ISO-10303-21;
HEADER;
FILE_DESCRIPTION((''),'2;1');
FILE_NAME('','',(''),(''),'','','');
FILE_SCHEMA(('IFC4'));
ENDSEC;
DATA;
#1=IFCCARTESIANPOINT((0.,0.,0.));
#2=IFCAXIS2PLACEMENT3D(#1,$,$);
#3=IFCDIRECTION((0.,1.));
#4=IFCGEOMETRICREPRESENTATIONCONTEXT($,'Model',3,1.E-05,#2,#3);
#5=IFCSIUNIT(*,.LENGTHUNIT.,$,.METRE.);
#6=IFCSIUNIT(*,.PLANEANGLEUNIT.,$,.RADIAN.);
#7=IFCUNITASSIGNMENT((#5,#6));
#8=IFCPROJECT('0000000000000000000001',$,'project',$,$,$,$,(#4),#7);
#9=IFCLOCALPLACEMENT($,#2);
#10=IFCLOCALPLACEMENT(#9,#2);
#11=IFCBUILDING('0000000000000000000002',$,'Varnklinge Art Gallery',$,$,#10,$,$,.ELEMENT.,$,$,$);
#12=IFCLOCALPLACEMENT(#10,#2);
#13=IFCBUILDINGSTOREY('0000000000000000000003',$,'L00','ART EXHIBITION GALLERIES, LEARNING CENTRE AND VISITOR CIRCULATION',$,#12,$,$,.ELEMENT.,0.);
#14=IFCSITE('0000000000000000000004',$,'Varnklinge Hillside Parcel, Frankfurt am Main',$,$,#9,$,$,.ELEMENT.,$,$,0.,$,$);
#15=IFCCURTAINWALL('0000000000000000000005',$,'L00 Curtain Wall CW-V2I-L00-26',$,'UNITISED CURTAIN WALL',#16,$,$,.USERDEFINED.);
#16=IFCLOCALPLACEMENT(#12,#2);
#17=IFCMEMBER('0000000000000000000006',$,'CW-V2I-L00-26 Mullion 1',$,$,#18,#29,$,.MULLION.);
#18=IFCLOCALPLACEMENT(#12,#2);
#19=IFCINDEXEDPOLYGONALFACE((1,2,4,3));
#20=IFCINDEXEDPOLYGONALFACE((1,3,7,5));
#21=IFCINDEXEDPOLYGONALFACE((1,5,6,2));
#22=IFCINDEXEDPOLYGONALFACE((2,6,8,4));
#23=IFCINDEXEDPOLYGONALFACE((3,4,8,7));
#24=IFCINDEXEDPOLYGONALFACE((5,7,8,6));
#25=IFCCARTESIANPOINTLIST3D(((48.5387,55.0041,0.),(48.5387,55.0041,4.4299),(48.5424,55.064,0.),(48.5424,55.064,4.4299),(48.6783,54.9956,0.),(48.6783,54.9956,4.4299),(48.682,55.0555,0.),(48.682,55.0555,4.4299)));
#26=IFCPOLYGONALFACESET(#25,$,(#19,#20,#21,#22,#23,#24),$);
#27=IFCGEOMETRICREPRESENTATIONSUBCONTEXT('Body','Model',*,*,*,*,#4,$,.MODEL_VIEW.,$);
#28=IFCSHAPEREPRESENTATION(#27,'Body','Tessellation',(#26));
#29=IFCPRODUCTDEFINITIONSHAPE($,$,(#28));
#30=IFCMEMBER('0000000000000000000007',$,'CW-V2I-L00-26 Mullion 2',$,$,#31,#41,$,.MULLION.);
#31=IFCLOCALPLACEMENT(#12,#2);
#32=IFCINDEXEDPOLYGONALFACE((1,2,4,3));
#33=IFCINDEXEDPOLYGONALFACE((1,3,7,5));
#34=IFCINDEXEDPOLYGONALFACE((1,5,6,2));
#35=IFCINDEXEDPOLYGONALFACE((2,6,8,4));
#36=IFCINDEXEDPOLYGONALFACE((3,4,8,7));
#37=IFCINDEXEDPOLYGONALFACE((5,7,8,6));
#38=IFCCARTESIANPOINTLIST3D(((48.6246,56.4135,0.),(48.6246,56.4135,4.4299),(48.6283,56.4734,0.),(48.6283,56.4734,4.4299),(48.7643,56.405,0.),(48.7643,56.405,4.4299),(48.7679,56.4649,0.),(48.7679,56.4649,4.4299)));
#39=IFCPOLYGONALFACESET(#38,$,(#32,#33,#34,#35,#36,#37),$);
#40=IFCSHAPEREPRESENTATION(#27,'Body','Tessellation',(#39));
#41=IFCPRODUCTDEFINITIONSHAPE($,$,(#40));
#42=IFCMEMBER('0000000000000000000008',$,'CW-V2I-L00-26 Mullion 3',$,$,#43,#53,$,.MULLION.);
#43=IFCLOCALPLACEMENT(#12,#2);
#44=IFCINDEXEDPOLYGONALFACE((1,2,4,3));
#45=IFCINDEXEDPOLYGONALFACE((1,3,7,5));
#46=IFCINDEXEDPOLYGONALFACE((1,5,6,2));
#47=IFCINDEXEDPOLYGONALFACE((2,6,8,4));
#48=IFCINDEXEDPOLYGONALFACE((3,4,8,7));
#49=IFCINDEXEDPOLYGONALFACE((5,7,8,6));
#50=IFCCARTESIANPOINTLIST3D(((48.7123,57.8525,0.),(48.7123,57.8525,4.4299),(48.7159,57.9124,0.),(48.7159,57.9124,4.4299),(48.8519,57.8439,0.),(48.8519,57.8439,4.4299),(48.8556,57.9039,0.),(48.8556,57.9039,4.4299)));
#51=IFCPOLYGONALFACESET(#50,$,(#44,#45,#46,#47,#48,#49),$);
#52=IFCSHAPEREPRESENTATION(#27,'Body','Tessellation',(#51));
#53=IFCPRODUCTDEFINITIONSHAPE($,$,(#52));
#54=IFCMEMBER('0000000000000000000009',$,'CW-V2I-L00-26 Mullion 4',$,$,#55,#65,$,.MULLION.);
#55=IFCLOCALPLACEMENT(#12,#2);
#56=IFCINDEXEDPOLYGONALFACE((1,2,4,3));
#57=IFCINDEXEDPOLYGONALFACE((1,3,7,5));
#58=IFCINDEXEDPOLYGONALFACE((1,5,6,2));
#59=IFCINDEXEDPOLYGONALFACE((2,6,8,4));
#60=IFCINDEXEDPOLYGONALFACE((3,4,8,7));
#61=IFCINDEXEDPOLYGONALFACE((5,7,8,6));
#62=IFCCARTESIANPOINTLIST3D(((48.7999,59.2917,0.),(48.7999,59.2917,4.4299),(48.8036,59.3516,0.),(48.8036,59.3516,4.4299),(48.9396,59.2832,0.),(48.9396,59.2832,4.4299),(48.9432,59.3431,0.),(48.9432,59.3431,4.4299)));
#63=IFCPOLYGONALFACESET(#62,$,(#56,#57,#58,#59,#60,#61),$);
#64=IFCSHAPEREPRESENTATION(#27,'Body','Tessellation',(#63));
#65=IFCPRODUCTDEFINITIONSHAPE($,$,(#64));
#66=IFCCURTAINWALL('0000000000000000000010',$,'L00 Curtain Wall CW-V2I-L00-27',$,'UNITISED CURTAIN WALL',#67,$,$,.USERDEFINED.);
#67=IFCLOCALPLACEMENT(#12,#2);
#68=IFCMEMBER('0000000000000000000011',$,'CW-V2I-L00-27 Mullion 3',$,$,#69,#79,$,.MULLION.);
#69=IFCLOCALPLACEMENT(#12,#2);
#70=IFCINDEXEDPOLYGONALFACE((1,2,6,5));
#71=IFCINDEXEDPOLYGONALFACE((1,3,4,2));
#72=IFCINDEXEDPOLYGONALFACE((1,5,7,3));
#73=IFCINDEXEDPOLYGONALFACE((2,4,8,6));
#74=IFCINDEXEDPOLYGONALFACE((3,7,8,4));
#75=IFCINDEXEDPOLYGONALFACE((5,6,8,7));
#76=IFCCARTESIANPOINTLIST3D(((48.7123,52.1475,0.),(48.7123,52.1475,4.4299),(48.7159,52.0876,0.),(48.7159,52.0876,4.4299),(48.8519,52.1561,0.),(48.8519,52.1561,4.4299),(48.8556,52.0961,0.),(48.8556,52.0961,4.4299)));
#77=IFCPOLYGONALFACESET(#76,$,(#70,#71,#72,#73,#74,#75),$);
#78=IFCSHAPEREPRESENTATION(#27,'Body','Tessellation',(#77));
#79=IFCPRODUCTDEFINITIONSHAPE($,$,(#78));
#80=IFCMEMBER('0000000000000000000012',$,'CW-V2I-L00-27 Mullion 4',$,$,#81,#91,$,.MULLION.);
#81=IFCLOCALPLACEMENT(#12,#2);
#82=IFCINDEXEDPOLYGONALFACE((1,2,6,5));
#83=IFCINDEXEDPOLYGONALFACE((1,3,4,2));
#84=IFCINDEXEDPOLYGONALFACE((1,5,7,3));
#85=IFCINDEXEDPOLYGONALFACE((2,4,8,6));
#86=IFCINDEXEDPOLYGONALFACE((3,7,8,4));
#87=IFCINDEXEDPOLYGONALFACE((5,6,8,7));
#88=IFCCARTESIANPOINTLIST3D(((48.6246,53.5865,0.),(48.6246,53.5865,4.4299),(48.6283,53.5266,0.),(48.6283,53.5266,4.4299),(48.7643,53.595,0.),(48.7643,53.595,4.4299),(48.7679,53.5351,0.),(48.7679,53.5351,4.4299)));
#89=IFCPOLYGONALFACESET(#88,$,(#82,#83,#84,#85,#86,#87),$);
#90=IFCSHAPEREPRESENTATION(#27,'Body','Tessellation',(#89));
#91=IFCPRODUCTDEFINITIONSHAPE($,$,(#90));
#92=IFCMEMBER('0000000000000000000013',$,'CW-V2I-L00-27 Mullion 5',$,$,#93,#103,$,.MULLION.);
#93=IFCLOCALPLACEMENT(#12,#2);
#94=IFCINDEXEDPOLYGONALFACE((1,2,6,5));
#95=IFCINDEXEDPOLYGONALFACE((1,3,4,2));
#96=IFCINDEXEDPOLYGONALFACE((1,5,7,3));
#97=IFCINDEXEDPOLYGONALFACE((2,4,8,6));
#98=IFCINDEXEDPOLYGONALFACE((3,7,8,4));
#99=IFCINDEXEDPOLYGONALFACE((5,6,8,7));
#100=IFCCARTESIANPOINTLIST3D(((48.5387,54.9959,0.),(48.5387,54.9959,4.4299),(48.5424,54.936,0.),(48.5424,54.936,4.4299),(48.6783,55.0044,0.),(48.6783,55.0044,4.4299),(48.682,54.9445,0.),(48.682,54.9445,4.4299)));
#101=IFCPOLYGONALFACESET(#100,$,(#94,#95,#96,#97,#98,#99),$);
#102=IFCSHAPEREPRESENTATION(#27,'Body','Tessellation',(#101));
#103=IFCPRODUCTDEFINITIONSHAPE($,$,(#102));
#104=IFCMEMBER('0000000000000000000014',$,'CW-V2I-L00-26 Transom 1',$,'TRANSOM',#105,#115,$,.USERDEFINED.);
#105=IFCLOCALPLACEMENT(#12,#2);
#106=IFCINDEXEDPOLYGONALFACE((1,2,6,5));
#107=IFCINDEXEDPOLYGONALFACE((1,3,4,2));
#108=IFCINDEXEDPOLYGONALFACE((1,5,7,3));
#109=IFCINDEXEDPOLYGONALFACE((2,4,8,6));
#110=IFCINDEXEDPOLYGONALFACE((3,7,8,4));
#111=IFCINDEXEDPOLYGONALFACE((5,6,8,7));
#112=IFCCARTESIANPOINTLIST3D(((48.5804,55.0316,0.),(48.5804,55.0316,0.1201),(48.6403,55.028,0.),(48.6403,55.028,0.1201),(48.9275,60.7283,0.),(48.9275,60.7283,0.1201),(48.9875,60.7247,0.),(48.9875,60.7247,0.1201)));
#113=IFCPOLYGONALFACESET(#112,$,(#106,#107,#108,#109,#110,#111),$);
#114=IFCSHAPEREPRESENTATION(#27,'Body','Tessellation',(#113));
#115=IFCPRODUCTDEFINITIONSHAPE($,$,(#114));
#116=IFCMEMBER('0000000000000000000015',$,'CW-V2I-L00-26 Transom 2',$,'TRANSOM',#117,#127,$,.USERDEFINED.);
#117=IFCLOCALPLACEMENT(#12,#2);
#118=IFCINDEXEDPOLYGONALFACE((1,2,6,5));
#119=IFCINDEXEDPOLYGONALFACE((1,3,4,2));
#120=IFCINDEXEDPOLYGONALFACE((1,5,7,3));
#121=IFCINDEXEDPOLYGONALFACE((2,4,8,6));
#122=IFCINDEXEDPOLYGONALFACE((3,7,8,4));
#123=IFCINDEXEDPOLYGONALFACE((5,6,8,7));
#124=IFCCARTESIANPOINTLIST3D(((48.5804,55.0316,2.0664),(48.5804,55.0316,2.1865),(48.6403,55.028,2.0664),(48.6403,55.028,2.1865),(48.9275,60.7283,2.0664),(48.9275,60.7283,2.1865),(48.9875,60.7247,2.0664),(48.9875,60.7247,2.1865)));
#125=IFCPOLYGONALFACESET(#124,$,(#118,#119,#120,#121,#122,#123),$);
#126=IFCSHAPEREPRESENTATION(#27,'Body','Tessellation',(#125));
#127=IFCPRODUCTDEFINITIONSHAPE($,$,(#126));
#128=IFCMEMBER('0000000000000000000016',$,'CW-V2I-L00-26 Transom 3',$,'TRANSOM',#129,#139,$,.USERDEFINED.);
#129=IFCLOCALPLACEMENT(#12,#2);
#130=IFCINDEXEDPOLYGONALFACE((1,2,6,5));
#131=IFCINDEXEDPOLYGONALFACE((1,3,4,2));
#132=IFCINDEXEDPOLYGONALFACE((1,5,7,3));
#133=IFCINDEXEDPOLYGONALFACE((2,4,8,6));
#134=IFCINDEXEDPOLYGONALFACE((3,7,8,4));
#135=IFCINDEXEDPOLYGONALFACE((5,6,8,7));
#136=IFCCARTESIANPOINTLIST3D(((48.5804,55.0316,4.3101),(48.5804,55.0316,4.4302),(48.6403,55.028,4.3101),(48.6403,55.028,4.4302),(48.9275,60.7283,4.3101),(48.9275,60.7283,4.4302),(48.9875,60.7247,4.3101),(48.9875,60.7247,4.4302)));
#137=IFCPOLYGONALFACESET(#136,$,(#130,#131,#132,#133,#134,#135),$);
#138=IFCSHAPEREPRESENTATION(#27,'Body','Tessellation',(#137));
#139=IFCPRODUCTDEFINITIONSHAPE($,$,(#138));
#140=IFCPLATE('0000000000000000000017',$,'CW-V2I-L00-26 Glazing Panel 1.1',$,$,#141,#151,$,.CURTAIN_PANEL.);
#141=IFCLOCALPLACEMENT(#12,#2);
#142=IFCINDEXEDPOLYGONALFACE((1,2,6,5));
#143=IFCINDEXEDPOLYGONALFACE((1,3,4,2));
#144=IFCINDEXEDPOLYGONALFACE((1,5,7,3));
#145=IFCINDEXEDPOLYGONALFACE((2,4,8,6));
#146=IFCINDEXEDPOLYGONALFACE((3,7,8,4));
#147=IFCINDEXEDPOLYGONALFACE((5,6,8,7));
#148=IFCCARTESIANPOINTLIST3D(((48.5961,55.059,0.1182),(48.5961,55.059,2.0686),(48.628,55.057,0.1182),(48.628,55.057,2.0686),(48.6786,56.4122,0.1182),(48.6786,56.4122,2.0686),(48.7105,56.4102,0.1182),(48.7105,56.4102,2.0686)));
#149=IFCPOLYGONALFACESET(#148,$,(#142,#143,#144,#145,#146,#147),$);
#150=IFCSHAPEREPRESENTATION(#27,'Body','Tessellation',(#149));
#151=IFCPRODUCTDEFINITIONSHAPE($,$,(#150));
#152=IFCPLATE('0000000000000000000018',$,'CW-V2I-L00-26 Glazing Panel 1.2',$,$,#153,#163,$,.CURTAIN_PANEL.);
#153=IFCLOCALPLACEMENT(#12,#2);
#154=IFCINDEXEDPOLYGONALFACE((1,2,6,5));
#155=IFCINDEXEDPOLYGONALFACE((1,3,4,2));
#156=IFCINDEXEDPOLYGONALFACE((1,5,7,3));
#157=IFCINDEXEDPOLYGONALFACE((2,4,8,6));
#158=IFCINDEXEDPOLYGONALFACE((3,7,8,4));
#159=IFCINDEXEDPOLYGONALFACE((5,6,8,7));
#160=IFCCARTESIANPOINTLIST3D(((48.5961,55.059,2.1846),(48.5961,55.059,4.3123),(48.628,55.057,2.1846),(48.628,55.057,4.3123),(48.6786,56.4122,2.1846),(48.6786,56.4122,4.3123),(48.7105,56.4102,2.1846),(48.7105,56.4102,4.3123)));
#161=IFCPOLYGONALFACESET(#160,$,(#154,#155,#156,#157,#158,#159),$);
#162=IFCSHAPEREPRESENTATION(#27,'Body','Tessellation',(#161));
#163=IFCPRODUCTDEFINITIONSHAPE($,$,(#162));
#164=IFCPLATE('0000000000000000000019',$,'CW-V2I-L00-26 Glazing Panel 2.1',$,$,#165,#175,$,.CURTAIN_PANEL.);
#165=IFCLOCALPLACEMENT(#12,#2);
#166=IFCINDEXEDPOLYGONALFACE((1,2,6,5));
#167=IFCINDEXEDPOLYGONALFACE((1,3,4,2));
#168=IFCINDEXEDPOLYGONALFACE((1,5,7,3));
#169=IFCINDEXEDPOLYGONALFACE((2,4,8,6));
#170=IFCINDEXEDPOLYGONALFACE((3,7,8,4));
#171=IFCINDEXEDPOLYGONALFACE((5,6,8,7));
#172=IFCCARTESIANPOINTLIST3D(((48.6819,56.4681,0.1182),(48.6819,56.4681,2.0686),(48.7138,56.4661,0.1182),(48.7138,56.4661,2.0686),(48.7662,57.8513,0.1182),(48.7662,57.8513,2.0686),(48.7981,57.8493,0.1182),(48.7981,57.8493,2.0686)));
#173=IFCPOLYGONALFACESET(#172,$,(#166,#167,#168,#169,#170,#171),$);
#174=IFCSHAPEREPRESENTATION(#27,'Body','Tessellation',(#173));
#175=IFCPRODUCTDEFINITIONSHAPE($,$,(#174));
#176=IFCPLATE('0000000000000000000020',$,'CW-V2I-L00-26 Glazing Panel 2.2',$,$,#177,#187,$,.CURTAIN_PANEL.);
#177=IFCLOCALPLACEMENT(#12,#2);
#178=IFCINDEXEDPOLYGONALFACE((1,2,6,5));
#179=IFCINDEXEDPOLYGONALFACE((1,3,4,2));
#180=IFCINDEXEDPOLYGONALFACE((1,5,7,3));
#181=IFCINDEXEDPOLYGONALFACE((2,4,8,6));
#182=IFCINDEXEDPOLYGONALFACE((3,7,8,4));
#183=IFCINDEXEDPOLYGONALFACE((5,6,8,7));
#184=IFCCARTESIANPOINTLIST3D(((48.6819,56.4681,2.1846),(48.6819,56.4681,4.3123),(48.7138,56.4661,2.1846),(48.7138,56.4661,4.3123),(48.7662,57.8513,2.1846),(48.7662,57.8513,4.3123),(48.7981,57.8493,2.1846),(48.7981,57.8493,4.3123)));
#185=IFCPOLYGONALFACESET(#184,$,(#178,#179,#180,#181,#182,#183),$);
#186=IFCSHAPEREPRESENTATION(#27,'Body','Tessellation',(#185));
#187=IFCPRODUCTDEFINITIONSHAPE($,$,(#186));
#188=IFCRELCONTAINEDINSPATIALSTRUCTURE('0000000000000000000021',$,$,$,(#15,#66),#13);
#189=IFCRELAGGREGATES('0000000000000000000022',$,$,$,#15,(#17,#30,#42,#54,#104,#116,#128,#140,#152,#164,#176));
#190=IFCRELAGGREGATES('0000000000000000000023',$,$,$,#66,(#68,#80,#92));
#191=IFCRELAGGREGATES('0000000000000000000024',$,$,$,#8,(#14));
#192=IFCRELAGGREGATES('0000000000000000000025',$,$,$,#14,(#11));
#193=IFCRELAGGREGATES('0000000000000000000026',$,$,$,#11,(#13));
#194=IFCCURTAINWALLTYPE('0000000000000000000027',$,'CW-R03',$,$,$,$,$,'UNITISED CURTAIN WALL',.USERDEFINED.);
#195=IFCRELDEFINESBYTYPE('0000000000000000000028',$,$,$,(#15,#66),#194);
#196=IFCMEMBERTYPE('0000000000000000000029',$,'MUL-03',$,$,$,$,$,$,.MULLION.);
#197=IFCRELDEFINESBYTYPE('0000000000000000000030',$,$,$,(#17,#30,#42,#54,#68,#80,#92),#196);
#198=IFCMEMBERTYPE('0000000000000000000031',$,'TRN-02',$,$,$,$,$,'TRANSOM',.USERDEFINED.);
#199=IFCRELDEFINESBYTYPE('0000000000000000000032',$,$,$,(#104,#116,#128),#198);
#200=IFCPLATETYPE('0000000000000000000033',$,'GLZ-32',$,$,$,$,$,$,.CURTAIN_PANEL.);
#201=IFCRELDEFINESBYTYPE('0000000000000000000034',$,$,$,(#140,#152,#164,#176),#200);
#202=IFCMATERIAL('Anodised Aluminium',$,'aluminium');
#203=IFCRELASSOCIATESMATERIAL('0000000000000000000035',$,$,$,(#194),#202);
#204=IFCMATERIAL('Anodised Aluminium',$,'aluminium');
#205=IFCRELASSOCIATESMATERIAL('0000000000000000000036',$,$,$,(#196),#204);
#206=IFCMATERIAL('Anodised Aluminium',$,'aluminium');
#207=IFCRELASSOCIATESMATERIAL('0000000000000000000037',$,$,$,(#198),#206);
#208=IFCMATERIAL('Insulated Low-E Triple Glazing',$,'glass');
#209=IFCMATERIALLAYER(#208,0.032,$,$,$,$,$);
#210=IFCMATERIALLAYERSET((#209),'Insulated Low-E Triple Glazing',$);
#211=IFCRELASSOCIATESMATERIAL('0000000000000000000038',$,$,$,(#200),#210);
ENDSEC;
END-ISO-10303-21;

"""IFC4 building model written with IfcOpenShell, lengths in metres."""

from ifc_helpers import new_model, si_unit, direction, frame, origin, origin_2d, place, context, subcontext, project, spatial, rectangle, extrude, material, layer, layer_set, material_profile, profile_set, type_object, element, aggregate, save


model = new_model("IFC4")

# Units and contexts
model_context = context("Model", 3, precision=1e-05, world=origin(), true_north=direction((0.0, 1.0)))
body_context = subcontext(model_context, "Body", "Model", "MODEL_VIEW")
ifc_project = project(units=[si_unit("LENGTHUNIT", "METRE"), si_unit("PLANEANGLEUNIT", "RADIAN")], contexts=[model_context])

# Site, building, storey
site_placement = place(None, origin())
site = spatial("IfcSite", under=ifc_project, at=site_placement, Name="Varnklinge Hillside Parcel, Frankfurt am Main", CompositionType="ELEMENT", RefElevation=0.0)
building_placement = place(site_placement, origin())
building = spatial("IfcBuilding", under=site, at=building_placement, Name="Varnklinge Art Gallery", CompositionType="ELEMENT")
storey_placement = place(building_placement, origin())
storey = spatial("IfcBuildingStorey", under=building, at=storey_placement, Name="L00", Description="ART EXHIBITION GALLERIES, LEARNING CENTRE AND VISITOR CIRCULATION", CompositionType="ELEMENT", Elevation=0.0)

# Curtain walls, members
ifc_material_1 = material(Name="Anodised Aluminium", Category="aluminium")
curtain_wall_type = type_object("IfcCurtainWallType", Name="CW-R03", ElementType="UNITISED CURTAIN WALL", PredefinedType="USERDEFINED", material=ifc_material_1)
curtain_wall_1_placement = place(storey_placement, origin())
curtain_wall_1 = element("IfcCurtainWall", 1, at=curtain_wall_1_placement, inside=storey, type_object=curtain_wall_type, Name="L00 Curtain Wall CW-V2I-L00-26", ObjectType="UNITISED CURTAIN WALL", PredefinedType="USERDEFINED")
ifc_material_2 = material(Name="Anodised Aluminium", Category="aluminium")
ifc_material_profile_1 = material_profile(ifc_material_2, rectangle(XDim=0.0601, YDim=0.1399, at=origin_2d()), Name="ALU 60x140")
ifc_profile_set_1 = profile_set([ifc_material_profile_1], Name="Anodised Aluminium")
member_type_1 = type_object("IfcMemberType", Name="MUL-03", PredefinedType="MULLION", material=ifc_profile_set_1)
member_1_placement = place(storey_placement, frame((48.6104, 55.0298, 0.0), z_axis=(0.0, 0.0, 1.0), x_axis=(0.060874, 0.998145, 0.0)))
member_1 = element("IfcMember", 2, at=member_1_placement, type_object=member_type_1, Name="CW-V2I-L00-26 Mullion 1", PredefinedType="MULLION", context=body_context, shape_type="SweptSolid", body=[
    extrude(rectangle(XDim=0.0601, YDim=0.1399, at=origin_2d()), origin(), (0.0, 0.0, 1.0), 4.4299),
])
member_2_placement = place(storey_placement, frame((48.6963, 56.4392, 0.0), z_axis=(0.0, 0.0, 1.0), x_axis=(0.060874, 0.998145, 0.0)))
member_2 = element("IfcMember", 3, at=member_2_placement, type_object=member_type_1, Name="CW-V2I-L00-26 Mullion 2", PredefinedType="MULLION", context=body_context, shape_type="SweptSolid", body=[
    extrude(rectangle(XDim=0.0601, YDim=0.1399, at=origin_2d()), origin(), (0.0, 0.0, 1.0), 4.4299),
])
member_3_placement = place(storey_placement, frame((48.7839, 57.8782, 0.0), z_axis=(0.0, 0.0, 1.0), x_axis=(0.060874, 0.998145, 0.0)))
member_3 = element("IfcMember", 4, at=member_3_placement, type_object=member_type_1, Name="CW-V2I-L00-26 Mullion 3", PredefinedType="MULLION", context=body_context, shape_type="SweptSolid", body=[
    extrude(rectangle(XDim=0.0601, YDim=0.1399, at=origin_2d()), origin(), (0.0, 0.0, 1.0), 4.4299),
])
member_4_placement = place(storey_placement, frame((48.8716, 59.3174, 0.0), z_axis=(0.0, 0.0, 1.0), x_axis=(0.060874, 0.998145, 0.0)))
member_4 = element("IfcMember", 5, at=member_4_placement, type_object=member_type_1, Name="CW-V2I-L00-26 Mullion 4", PredefinedType="MULLION", context=body_context, shape_type="SweptSolid", body=[
    extrude(rectangle(XDim=0.0601, YDim=0.1399, at=origin_2d()), origin(), (0.0, 0.0, 1.0), 4.4299),
])
curtain_wall_2_placement = place(storey_placement, origin())
curtain_wall_2 = element("IfcCurtainWall", 6, at=curtain_wall_2_placement, inside=storey, type_object=curtain_wall_type, Name="L00 Curtain Wall CW-V2I-L00-27", ObjectType="UNITISED CURTAIN WALL", PredefinedType="USERDEFINED")
member_5_placement = place(storey_placement, frame((48.7839, 52.1218, 0.0), z_axis=(0.0, 0.0, 1.0), x_axis=(-0.060874, 0.998145, 0.0)))
member_5 = element("IfcMember", 7, at=member_5_placement, type_object=member_type_1, Name="CW-V2I-L00-27 Mullion 3", PredefinedType="MULLION", context=body_context, shape_type="SweptSolid", body=[
    extrude(rectangle(XDim=0.0601, YDim=0.1399, at=origin_2d()), origin(), (0.0, 0.0, 1.0), 4.4299),
])
member_6_placement = place(storey_placement, frame((48.6963, 53.5608, 0.0), z_axis=(0.0, 0.0, 1.0), x_axis=(-0.060874, 0.998145, 0.0)))
member_6 = element("IfcMember", 8, at=member_6_placement, type_object=member_type_1, Name="CW-V2I-L00-27 Mullion 4", PredefinedType="MULLION", context=body_context, shape_type="SweptSolid", body=[
    extrude(rectangle(XDim=0.0601, YDim=0.1399, at=origin_2d()), origin(), (0.0, 0.0, 1.0), 4.4299),
])
member_7_placement = place(storey_placement, frame((48.6104, 54.9702, 0.0), z_axis=(0.0, 0.0, 1.0), x_axis=(-0.060874, 0.998145, 0.0)))
member_7 = element("IfcMember", 9, at=member_7_placement, type_object=member_type_1, Name="CW-V2I-L00-27 Mullion 5", PredefinedType="MULLION", context=body_context, shape_type="SweptSolid", body=[
    extrude(rectangle(XDim=0.0601, YDim=0.1399, at=origin_2d()), origin(), (0.0, 0.0, 1.0), 4.4299),
])

# Members
ifc_material_3 = material(Name="Anodised Aluminium", Category="aluminium")
ifc_material_profile_2 = material_profile(ifc_material_3, rectangle(XDim=0.0601, YDim=0.1201, at=origin_2d()), Name="ALU 60x120")
ifc_profile_set_2 = profile_set([ifc_material_profile_2], Name="Anodised Aluminium")
member_type_2 = type_object("IfcMemberType", Name="TRN-02", ElementType="TRANSOM", PredefinedType="USERDEFINED", material=ifc_profile_set_2)
member_8_placement = place(storey_placement, frame((48.6104, 55.0298, 0.0601), z_axis=(0.060828, 0.998148, 0.0), x_axis=(-0.998148, 0.060828, 0.0)))
member_8 = element("IfcMember", 10, at=member_8_placement, type_object=member_type_2, Name="CW-V2I-L00-26 Transom 1", ObjectType="TRANSOM", PredefinedType="USERDEFINED", context=body_context, shape_type="SweptSolid", body=[
    extrude(rectangle(XDim=0.0601, YDim=0.1201, at=origin_2d()), origin(), (0.0, 0.0, 1.0), 5.7073),
])
member_9_placement = place(storey_placement, frame((48.6104, 55.0298, 2.1265), z_axis=(0.060828, 0.998148, 0.0), x_axis=(-0.998148, 0.060828, 0.0)))
member_9 = element("IfcMember", 11, at=member_9_placement, type_object=member_type_2, Name="CW-V2I-L00-26 Transom 2", ObjectType="TRANSOM", PredefinedType="USERDEFINED", context=body_context, shape_type="SweptSolid", body=[
    extrude(rectangle(XDim=0.0601, YDim=0.1201, at=origin_2d()), origin(), (0.0, 0.0, 1.0), 5.7073),
])
member_10_placement = place(storey_placement, frame((48.6104, 55.0298, 4.3701), z_axis=(0.060828, 0.998148, 0.0), x_axis=(-0.998148, 0.060828, 0.0)))
member_10 = element("IfcMember", 12, at=member_10_placement, type_object=member_type_2, Name="CW-V2I-L00-26 Transom 3", ObjectType="TRANSOM", PredefinedType="USERDEFINED", context=body_context, shape_type="SweptSolid", body=[
    extrude(rectangle(XDim=0.0601, YDim=0.1201, at=origin_2d()), origin(), (0.0, 0.0, 1.0), 5.7073),
])

# Plates
ifc_material_4 = material(Name="Insulated Low-E Triple Glazing", Category="glass")
ifc_layer = layer(ifc_material_4, 0.032)
ifc_layer_set = layer_set([ifc_layer], Name="Insulated Low-E Triple Glazing")
plate_type = type_object("IfcPlateType", Name="GLZ-32", PredefinedType="CURTAIN_PANEL", material=ifc_layer_set)
plate_1_placement = place(storey_placement, frame((48.6533, 55.7346, 0.1182), z_axis=(0.0, 0.0, 1.0), x_axis=(0.060874, 0.998145, 0.0)))
plate_1 = element("IfcPlate", 13, at=plate_1_placement, type_object=plate_type, Name="CW-V2I-L00-26 Glazing Panel 1.1", PredefinedType="CURTAIN_PANEL", context=body_context, shape_type="SweptSolid", body=[
    extrude(rectangle(XDim=1.3557, YDim=0.032, at=origin_2d()), origin(), (0.0, 0.0, 1.0), 1.9504),
])
plate_2_placement = place(storey_placement, frame((48.6533, 55.7346, 2.1846), z_axis=(0.0, 0.0, 1.0), x_axis=(0.060874, 0.998145, 0.0)))
plate_2 = element("IfcPlate", 14, at=plate_2_placement, type_object=plate_type, Name="CW-V2I-L00-26 Glazing Panel 1.2", PredefinedType="CURTAIN_PANEL", context=body_context, shape_type="SweptSolid", body=[
    extrude(rectangle(XDim=1.3557, YDim=0.032, at=origin_2d()), origin(), (0.0, 0.0, 1.0), 2.1277),
])
plate_3_placement = place(storey_placement, frame((48.74, 57.1587, 0.1182), z_axis=(0.0, 0.0, 1.0), x_axis=(0.060874, 0.998145, 0.0)))
plate_3 = element("IfcPlate", 15, at=plate_3_placement, type_object=plate_type, Name="CW-V2I-L00-26 Glazing Panel 2.1", PredefinedType="CURTAIN_PANEL", context=body_context, shape_type="SweptSolid", body=[
    extrude(rectangle(XDim=1.3857, YDim=0.032, at=origin_2d()), origin(), (0.0, 0.0, 1.0), 1.9504),
])
plate_4_placement = place(storey_placement, frame((48.74, 57.1587, 2.1846), z_axis=(0.0, 0.0, 1.0), x_axis=(0.060874, 0.998145, 0.0)))
plate_4 = element("IfcPlate", 16, at=plate_4_placement, type_object=plate_type, Name="CW-V2I-L00-26 Glazing Panel 2.2", PredefinedType="CURTAIN_PANEL", context=body_context, shape_type="SweptSolid", body=[
    extrude(rectangle(XDim=1.3857, YDim=0.032, at=origin_2d()), origin(), (0.0, 0.0, 1.0), 2.1277),
])
aggregate(curtain_wall_1, [member_1, member_2, member_3, member_4, member_8, member_9, member_10, plate_1, plate_2, plate_3, plate_4])
aggregate(curtain_wall_2, [member_5, member_6, member_7])

save(model, "model.ifc")
